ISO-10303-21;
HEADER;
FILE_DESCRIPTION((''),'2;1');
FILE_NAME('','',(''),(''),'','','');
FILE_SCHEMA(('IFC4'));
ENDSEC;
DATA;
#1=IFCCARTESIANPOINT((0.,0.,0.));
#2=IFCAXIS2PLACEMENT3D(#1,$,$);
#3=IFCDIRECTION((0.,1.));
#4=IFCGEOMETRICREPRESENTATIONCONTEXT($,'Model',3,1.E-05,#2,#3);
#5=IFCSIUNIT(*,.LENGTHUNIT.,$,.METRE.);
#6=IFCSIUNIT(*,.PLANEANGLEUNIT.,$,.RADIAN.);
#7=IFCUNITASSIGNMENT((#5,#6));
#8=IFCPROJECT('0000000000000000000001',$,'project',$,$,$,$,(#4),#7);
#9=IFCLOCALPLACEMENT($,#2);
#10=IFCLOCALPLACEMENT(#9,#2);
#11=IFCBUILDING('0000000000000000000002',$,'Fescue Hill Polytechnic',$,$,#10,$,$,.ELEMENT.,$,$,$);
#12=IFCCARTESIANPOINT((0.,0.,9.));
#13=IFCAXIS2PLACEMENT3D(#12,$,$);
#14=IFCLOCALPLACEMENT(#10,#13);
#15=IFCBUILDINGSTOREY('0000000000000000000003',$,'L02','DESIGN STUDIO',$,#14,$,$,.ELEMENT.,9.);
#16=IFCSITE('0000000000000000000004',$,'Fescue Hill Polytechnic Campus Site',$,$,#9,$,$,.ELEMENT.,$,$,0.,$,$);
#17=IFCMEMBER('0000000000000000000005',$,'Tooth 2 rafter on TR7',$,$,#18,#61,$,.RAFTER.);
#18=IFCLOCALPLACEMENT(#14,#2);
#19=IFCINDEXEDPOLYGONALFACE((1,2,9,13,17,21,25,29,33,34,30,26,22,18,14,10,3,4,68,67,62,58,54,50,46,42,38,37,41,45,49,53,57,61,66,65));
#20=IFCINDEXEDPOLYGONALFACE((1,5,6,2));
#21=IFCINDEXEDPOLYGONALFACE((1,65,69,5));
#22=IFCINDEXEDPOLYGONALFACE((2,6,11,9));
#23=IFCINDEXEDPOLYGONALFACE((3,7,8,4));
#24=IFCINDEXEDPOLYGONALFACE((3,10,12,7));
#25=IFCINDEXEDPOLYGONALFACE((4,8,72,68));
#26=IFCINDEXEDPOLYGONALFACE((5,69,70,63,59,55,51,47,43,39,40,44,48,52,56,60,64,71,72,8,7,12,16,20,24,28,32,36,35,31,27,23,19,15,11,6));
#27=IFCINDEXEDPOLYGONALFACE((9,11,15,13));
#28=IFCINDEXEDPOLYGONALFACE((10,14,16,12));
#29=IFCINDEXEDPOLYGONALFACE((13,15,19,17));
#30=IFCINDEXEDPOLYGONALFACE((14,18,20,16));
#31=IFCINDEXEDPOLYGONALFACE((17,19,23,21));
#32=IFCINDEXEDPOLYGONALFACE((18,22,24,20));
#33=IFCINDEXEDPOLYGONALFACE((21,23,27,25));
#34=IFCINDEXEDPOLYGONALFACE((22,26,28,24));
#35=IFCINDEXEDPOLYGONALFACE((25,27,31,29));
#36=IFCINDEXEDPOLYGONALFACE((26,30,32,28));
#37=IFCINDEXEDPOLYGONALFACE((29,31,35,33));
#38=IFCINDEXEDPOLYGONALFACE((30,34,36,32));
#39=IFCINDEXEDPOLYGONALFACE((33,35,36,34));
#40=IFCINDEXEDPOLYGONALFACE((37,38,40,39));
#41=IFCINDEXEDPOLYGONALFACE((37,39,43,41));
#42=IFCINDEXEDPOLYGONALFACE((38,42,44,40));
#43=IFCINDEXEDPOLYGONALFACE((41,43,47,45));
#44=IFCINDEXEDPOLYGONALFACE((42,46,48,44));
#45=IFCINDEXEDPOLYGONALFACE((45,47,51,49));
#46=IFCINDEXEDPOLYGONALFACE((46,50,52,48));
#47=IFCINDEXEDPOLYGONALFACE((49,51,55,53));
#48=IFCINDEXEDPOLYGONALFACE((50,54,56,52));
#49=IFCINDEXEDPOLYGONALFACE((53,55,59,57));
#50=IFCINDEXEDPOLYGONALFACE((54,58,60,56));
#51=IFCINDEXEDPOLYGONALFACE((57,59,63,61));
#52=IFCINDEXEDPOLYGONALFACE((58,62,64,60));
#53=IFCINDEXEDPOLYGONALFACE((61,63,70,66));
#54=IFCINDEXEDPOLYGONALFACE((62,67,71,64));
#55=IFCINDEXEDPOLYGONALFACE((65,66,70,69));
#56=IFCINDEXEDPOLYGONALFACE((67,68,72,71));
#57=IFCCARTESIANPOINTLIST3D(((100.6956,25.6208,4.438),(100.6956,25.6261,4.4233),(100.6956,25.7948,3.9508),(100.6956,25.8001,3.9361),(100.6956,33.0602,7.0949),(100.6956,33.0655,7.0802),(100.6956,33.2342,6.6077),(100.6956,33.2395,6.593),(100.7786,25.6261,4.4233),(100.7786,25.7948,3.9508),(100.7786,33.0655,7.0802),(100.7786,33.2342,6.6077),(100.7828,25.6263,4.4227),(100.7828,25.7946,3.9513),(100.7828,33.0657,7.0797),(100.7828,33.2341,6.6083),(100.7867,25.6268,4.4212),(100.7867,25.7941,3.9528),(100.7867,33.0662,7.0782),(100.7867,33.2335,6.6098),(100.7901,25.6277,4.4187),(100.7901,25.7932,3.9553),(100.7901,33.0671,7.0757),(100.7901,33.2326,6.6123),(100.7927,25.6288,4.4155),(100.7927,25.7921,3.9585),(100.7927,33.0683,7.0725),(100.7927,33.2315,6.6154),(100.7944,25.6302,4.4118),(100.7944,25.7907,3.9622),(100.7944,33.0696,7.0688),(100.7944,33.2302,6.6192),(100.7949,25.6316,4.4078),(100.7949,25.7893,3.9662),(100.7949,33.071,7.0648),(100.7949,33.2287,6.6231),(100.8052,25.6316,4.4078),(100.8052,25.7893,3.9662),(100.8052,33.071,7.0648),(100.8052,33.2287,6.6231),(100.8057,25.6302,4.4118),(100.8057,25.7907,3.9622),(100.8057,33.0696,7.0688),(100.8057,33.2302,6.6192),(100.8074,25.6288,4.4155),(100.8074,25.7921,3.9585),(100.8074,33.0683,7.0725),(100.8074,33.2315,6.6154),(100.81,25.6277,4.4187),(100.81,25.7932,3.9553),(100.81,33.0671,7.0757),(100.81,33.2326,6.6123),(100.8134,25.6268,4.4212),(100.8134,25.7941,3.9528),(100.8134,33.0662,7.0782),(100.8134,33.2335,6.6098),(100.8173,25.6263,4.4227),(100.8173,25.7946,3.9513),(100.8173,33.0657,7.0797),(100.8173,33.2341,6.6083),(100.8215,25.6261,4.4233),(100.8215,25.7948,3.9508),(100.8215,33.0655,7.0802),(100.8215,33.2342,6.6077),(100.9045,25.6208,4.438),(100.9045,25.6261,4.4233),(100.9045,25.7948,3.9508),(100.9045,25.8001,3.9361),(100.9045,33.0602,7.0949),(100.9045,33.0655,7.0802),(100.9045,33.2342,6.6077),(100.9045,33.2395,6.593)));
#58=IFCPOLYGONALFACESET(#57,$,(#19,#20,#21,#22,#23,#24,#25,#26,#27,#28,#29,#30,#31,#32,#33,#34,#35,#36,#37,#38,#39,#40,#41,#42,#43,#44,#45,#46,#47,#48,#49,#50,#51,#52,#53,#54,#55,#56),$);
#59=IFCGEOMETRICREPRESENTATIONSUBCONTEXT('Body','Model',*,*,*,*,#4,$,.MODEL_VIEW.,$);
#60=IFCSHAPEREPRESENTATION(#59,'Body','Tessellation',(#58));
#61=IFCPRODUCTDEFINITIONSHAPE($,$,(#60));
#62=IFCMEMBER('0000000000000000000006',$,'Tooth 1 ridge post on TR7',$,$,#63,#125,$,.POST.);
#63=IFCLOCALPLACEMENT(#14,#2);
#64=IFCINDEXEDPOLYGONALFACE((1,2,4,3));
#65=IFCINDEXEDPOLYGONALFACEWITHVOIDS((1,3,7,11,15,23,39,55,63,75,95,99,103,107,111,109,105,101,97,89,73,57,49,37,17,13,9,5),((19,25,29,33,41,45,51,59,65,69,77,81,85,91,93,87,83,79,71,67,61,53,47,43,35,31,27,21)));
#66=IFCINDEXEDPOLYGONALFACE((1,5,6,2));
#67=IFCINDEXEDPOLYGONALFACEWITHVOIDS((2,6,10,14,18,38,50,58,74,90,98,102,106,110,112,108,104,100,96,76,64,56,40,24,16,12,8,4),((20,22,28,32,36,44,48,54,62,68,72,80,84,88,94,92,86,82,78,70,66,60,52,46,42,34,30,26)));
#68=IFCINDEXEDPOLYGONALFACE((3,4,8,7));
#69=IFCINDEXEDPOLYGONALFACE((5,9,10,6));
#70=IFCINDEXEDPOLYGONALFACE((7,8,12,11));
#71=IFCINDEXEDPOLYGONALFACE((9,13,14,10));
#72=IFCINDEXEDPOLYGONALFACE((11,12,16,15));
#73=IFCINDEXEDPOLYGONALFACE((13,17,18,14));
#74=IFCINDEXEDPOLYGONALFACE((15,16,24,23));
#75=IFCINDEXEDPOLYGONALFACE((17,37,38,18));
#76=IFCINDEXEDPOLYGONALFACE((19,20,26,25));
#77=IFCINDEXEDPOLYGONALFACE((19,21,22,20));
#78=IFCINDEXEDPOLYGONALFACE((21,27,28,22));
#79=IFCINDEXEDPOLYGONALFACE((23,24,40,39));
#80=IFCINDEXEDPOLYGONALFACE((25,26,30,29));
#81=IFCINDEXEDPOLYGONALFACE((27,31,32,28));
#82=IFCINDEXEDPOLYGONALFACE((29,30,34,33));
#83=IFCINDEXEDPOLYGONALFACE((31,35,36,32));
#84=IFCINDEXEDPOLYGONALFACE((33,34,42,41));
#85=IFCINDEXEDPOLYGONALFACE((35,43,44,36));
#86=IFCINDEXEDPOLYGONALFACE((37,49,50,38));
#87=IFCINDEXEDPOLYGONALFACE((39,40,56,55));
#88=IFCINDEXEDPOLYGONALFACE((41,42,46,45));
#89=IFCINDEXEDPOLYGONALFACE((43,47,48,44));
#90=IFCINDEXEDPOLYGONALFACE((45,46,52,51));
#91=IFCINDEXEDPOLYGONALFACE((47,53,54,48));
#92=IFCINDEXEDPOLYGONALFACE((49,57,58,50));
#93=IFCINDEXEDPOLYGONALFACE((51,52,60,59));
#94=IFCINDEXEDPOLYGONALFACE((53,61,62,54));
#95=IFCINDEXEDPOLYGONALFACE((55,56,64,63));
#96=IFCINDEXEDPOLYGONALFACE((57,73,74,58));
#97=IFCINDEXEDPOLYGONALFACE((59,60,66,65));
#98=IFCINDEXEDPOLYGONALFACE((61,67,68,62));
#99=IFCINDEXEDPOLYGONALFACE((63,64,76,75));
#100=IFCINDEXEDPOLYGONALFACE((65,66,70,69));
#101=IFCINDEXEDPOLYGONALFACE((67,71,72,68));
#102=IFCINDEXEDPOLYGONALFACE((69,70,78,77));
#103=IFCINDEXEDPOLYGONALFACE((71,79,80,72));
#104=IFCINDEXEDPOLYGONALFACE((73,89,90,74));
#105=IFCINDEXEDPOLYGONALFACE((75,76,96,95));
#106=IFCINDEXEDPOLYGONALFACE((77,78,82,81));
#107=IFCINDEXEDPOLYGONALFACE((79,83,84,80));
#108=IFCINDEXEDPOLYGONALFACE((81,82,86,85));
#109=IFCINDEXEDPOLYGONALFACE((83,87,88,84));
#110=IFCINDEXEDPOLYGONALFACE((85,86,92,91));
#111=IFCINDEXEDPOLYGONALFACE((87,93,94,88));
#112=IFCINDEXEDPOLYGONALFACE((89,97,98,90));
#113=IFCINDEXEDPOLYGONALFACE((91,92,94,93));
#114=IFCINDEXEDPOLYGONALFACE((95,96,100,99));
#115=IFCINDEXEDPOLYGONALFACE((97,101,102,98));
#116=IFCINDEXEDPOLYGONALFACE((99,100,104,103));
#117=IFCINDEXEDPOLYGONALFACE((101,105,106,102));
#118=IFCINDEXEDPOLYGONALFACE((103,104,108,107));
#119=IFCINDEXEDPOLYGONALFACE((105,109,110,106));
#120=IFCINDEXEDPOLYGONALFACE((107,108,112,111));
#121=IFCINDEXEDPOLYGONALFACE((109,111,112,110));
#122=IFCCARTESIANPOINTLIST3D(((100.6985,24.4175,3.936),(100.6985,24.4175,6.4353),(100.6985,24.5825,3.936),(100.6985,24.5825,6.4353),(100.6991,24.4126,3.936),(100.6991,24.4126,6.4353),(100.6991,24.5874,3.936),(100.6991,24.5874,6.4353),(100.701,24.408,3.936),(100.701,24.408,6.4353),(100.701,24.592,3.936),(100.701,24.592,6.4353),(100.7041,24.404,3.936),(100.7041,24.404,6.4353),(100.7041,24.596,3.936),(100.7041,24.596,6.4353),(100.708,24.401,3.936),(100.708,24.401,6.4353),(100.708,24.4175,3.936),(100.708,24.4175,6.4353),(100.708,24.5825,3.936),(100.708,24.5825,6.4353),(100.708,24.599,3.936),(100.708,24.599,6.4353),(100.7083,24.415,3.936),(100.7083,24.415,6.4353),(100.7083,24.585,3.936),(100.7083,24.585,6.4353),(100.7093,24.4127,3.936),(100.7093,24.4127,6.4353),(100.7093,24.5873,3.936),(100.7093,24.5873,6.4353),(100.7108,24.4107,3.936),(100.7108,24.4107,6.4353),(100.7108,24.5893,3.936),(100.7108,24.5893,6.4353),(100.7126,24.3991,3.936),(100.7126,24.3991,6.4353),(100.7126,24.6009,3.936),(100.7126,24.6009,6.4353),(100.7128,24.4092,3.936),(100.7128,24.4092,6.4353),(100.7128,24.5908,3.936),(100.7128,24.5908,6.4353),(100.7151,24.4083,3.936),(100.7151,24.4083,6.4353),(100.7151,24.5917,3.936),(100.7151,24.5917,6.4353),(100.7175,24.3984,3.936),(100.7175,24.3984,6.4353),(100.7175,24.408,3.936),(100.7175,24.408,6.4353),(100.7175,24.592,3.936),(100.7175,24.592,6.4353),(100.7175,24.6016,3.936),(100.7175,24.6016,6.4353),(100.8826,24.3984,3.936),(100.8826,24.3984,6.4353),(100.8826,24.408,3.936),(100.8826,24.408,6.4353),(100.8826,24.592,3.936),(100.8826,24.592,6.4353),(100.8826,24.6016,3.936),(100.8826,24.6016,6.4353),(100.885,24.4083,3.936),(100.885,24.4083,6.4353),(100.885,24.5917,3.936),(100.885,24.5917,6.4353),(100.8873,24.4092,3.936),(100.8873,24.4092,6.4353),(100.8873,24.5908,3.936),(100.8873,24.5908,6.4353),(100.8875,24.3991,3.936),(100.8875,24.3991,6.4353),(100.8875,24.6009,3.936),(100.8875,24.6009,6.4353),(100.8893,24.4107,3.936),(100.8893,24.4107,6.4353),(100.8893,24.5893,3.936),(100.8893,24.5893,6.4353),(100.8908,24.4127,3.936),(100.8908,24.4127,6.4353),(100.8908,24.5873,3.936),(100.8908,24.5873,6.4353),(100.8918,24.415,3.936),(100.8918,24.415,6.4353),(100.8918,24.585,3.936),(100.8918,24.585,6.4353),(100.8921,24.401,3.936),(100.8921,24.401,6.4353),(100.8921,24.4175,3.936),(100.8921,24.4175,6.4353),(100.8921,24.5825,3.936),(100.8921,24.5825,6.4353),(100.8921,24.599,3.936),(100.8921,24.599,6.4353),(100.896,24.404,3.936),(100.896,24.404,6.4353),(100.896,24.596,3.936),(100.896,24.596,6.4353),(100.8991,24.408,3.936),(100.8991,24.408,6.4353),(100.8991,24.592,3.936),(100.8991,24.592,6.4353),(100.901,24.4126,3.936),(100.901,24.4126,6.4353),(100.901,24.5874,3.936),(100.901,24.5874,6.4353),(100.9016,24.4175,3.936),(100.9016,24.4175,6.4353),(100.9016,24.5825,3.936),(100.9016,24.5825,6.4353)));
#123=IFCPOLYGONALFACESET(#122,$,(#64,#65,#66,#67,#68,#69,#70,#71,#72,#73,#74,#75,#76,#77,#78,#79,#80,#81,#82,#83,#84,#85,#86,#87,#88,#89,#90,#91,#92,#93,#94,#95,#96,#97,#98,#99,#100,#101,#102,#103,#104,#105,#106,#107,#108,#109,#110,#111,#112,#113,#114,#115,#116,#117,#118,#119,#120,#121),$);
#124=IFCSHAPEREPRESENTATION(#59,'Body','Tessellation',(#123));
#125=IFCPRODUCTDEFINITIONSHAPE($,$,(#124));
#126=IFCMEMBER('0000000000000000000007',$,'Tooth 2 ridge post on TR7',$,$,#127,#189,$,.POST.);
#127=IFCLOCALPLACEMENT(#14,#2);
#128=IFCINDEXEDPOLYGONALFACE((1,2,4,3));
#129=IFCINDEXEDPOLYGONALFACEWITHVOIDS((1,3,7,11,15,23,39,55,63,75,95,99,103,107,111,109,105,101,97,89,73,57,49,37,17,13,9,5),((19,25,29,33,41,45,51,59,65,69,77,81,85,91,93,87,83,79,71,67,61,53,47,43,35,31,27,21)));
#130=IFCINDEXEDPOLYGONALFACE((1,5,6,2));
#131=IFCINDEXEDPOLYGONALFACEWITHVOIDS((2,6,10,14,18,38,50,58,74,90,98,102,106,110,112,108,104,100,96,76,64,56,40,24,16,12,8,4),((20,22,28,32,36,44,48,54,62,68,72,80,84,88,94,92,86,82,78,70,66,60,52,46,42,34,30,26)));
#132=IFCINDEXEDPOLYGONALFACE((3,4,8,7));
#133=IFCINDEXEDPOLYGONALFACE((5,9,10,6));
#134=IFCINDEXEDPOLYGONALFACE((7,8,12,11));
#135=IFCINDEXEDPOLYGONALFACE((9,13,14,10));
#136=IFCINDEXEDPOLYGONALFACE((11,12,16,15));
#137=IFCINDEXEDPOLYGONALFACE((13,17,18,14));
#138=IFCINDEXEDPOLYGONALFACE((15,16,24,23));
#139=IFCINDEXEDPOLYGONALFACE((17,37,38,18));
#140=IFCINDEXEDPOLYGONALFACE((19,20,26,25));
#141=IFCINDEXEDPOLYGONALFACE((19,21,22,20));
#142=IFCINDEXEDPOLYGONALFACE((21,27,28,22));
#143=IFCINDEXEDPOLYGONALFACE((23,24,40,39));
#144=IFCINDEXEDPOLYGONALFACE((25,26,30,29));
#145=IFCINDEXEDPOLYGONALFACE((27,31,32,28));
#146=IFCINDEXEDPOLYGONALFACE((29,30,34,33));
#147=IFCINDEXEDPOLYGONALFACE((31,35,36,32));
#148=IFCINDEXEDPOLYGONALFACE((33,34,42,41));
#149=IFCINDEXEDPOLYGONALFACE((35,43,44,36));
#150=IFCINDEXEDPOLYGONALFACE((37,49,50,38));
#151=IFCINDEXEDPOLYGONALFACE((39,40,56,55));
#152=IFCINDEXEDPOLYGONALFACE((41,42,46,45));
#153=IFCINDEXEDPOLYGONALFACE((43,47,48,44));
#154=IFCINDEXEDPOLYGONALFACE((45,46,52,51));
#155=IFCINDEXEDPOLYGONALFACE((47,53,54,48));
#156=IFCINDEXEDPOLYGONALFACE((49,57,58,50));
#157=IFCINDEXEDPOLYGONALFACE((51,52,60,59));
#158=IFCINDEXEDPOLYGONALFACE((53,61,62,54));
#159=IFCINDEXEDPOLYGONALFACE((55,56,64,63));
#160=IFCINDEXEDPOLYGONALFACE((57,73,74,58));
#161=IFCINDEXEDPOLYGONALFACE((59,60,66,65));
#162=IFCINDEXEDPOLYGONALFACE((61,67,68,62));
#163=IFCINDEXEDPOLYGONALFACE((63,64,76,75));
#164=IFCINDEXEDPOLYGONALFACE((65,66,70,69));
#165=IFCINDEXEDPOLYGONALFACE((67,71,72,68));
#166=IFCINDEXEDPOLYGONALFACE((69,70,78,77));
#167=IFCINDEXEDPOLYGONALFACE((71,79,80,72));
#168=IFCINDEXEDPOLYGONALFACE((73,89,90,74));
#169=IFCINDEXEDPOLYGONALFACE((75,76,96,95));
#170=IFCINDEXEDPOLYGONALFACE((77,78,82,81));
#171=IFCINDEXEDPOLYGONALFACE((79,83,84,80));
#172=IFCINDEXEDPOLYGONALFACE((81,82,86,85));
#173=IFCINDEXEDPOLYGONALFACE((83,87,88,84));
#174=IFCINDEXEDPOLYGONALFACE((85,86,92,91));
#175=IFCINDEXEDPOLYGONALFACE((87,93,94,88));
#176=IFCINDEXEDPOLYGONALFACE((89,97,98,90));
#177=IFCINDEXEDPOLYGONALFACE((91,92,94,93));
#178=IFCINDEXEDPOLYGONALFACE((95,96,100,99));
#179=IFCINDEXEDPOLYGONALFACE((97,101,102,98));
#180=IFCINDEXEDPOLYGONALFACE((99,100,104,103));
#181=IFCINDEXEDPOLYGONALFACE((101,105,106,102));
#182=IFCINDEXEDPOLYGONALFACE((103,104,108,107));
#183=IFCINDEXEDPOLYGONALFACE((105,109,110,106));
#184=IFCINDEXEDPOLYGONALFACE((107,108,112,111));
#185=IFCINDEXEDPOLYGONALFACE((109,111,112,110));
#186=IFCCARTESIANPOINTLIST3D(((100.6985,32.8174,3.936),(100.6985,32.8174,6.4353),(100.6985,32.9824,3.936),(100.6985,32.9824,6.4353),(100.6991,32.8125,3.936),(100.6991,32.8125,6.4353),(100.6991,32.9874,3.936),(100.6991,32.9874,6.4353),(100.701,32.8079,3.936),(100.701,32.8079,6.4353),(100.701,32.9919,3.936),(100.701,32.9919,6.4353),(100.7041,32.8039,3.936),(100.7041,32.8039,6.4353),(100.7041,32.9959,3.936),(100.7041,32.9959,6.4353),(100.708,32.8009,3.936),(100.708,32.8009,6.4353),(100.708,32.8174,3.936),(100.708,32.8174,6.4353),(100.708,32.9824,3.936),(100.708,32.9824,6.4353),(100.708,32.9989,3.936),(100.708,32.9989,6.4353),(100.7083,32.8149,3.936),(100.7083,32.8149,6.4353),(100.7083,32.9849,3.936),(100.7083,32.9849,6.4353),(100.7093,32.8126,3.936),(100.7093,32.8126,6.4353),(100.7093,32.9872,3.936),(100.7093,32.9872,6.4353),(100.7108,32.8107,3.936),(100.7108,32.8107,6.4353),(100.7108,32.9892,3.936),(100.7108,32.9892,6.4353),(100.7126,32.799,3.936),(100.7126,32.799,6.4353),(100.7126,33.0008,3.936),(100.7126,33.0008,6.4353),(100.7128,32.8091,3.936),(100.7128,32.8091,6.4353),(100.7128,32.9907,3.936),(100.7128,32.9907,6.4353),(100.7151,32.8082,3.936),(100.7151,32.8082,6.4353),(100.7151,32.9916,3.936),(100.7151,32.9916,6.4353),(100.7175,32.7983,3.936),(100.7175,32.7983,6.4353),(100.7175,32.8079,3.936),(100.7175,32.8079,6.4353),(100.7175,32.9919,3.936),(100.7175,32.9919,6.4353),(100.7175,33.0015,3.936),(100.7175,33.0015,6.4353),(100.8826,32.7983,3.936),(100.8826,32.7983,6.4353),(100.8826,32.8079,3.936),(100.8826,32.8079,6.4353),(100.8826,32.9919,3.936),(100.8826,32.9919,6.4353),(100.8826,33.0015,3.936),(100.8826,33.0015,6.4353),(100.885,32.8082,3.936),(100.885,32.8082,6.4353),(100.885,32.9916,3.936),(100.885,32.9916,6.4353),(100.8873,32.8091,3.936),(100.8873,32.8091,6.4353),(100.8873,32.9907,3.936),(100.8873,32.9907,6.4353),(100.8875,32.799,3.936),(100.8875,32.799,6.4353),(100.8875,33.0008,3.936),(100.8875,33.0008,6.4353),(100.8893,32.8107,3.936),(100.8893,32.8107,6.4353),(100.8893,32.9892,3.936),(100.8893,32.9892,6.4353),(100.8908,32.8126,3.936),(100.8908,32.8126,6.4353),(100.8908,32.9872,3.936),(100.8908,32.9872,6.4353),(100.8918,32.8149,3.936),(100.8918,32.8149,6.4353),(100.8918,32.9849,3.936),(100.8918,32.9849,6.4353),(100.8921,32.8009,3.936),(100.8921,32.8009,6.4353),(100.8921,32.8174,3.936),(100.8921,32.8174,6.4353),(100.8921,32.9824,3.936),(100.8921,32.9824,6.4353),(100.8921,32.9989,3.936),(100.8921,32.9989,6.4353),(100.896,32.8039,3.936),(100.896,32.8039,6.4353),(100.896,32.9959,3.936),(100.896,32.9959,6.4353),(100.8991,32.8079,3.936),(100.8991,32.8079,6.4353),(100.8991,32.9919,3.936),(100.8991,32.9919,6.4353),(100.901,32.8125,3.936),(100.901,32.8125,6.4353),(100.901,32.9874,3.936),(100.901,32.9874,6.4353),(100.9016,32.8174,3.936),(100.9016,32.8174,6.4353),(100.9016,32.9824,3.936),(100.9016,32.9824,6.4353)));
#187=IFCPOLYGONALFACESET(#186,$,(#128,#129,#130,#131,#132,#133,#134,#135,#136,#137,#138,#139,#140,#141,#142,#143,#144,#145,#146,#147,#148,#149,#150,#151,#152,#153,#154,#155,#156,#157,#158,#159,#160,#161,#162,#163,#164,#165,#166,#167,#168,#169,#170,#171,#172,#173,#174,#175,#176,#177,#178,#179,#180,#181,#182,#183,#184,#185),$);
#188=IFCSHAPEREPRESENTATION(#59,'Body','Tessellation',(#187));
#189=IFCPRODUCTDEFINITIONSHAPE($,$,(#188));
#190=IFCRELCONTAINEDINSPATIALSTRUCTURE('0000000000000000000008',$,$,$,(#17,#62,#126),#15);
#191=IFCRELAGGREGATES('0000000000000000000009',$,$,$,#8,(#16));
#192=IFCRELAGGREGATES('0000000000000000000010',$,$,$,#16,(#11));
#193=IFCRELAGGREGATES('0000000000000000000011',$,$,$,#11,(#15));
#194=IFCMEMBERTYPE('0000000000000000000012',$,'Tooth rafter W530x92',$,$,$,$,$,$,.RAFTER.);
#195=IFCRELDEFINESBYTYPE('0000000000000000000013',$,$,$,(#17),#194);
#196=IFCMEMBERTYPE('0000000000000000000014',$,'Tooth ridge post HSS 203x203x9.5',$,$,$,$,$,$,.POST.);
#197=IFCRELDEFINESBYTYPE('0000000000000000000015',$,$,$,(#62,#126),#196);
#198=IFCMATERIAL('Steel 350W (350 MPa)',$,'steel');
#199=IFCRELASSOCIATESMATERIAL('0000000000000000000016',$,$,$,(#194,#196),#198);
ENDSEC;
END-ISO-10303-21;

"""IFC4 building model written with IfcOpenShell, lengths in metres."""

from ifc_helpers import new_model, si_unit, direction, frame, origin, origin_2d, place, context, subcontext, project, spatial, hollow_rectangle, i_section, extrude, material, material_profile, profile_set, type_object, element, save


model = new_model("IFC4")

# Units and contexts
model_context = context("Model", 3, precision=1e-05, world=origin(), true_north=direction((0.0, 1.0)))
body_context = subcontext(model_context, "Body", "Model", "MODEL_VIEW")
ifc_project = project(units=[si_unit("LENGTHUNIT", "METRE"), si_unit("PLANEANGLEUNIT", "RADIAN")], contexts=[model_context])

# Site, building, storey
site_placement = place(None, origin())
site = spatial("IfcSite", under=ifc_project, at=site_placement, Name="Fescue Hill Polytechnic Campus Site", CompositionType="ELEMENT", RefElevation=0.0)
building_placement = place(site_placement, origin())
building = spatial("IfcBuilding", under=site, at=building_placement, Name="Fescue Hill Polytechnic", CompositionType="ELEMENT")
storey_placement = place(building_placement, frame((0.0, 0.0, 9.0)))
storey = spatial("IfcBuildingStorey", under=building, at=storey_placement, Name="L02", Description="DESIGN STUDIO", CompositionType="ELEMENT", Elevation=9.0)

# Members
ifc_material = material(Name="Steel 350W (350 MPa)", Category="steel")
ifc_material_profile_1 = material_profile(ifc_material, i_section(OverallWidth=0.209, OverallDepth=0.533, WebThickness=0.0103, FlangeThickness=0.0156, FilletRadius=0.0164, at=origin_2d()), Name="W530x92")
ifc_profile_set_1 = profile_set([ifc_material_profile_1], Name="Steel 350W (350 MPa)")
member_type_1 = type_object("IfcMemberType", Name="Tooth rafter W530x92", PredefinedType="RAFTER", material=ifc_profile_set_1)
member_1_placement = place(storey_placement, frame((100.8, 25.7104, 4.187), z_axis=(0.0, 0.941741, 0.33634), x_axis=(-1.0, 0.0, 0.0)))
element("IfcMember", 1, at=member_1_placement, inside=storey, type_object=member_type_1, Name="Tooth 2 rafter on TR7", PredefinedType="RAFTER", context=body_context, shape_type="SweptSolid", body=[
    extrude(i_section(OverallWidth=0.209, OverallDepth=0.533, WebThickness=0.0103, FlangeThickness=0.0156, FilletRadius=0.0164, at=origin_2d()), origin(), (0.0, 0.0, 1.0), 7.8997),
])
ifc_material_profile_2 = material_profile(ifc_material, hollow_rectangle(XDim=0.2031, YDim=0.2031, WallThickness=0.0095, InnerFilletRadius=0.0095, OuterFilletRadius=0.019, at=origin_2d()), Name="Tooth ridge post HSS 203x203x9.5")
ifc_profile_set_2 = profile_set([ifc_material_profile_2], Name="Steel 350W (350 MPa)")
member_type_2 = type_object("IfcMemberType", Name="Tooth ridge post HSS 203x203x9.5", PredefinedType="POST", material=ifc_profile_set_2)
for number, where, z_axis, x_axis, name in (
    (2, (100.8, 24.5, 3.936), (0.0, 0.0, 1.0), (1.0, 0.0, 0.0), "Tooth 1 ridge post on TR7"),
    (3, (100.8, 32.8999, 3.936), (0.0, 0.0, 1.0), (1.0, 0.0, 0.0), "Tooth 2 ridge post on TR7"),
):
    element("IfcMember", number, at=place(storey_placement, frame(where, z_axis=z_axis, x_axis=x_axis)), inside=storey, type_object=member_type_2, Name=name, PredefinedType="POST", context=body_context, shape_type="SweptSolid", body=[
        extrude(hollow_rectangle(XDim=0.2031, YDim=0.2031, WallThickness=0.0095, InnerFilletRadius=0.0095, OuterFilletRadius=0.019, at=origin_2d()), origin(), (0.0, 0.0, 1.0), 2.4993),
    ])

save(model, "model.ifc")
